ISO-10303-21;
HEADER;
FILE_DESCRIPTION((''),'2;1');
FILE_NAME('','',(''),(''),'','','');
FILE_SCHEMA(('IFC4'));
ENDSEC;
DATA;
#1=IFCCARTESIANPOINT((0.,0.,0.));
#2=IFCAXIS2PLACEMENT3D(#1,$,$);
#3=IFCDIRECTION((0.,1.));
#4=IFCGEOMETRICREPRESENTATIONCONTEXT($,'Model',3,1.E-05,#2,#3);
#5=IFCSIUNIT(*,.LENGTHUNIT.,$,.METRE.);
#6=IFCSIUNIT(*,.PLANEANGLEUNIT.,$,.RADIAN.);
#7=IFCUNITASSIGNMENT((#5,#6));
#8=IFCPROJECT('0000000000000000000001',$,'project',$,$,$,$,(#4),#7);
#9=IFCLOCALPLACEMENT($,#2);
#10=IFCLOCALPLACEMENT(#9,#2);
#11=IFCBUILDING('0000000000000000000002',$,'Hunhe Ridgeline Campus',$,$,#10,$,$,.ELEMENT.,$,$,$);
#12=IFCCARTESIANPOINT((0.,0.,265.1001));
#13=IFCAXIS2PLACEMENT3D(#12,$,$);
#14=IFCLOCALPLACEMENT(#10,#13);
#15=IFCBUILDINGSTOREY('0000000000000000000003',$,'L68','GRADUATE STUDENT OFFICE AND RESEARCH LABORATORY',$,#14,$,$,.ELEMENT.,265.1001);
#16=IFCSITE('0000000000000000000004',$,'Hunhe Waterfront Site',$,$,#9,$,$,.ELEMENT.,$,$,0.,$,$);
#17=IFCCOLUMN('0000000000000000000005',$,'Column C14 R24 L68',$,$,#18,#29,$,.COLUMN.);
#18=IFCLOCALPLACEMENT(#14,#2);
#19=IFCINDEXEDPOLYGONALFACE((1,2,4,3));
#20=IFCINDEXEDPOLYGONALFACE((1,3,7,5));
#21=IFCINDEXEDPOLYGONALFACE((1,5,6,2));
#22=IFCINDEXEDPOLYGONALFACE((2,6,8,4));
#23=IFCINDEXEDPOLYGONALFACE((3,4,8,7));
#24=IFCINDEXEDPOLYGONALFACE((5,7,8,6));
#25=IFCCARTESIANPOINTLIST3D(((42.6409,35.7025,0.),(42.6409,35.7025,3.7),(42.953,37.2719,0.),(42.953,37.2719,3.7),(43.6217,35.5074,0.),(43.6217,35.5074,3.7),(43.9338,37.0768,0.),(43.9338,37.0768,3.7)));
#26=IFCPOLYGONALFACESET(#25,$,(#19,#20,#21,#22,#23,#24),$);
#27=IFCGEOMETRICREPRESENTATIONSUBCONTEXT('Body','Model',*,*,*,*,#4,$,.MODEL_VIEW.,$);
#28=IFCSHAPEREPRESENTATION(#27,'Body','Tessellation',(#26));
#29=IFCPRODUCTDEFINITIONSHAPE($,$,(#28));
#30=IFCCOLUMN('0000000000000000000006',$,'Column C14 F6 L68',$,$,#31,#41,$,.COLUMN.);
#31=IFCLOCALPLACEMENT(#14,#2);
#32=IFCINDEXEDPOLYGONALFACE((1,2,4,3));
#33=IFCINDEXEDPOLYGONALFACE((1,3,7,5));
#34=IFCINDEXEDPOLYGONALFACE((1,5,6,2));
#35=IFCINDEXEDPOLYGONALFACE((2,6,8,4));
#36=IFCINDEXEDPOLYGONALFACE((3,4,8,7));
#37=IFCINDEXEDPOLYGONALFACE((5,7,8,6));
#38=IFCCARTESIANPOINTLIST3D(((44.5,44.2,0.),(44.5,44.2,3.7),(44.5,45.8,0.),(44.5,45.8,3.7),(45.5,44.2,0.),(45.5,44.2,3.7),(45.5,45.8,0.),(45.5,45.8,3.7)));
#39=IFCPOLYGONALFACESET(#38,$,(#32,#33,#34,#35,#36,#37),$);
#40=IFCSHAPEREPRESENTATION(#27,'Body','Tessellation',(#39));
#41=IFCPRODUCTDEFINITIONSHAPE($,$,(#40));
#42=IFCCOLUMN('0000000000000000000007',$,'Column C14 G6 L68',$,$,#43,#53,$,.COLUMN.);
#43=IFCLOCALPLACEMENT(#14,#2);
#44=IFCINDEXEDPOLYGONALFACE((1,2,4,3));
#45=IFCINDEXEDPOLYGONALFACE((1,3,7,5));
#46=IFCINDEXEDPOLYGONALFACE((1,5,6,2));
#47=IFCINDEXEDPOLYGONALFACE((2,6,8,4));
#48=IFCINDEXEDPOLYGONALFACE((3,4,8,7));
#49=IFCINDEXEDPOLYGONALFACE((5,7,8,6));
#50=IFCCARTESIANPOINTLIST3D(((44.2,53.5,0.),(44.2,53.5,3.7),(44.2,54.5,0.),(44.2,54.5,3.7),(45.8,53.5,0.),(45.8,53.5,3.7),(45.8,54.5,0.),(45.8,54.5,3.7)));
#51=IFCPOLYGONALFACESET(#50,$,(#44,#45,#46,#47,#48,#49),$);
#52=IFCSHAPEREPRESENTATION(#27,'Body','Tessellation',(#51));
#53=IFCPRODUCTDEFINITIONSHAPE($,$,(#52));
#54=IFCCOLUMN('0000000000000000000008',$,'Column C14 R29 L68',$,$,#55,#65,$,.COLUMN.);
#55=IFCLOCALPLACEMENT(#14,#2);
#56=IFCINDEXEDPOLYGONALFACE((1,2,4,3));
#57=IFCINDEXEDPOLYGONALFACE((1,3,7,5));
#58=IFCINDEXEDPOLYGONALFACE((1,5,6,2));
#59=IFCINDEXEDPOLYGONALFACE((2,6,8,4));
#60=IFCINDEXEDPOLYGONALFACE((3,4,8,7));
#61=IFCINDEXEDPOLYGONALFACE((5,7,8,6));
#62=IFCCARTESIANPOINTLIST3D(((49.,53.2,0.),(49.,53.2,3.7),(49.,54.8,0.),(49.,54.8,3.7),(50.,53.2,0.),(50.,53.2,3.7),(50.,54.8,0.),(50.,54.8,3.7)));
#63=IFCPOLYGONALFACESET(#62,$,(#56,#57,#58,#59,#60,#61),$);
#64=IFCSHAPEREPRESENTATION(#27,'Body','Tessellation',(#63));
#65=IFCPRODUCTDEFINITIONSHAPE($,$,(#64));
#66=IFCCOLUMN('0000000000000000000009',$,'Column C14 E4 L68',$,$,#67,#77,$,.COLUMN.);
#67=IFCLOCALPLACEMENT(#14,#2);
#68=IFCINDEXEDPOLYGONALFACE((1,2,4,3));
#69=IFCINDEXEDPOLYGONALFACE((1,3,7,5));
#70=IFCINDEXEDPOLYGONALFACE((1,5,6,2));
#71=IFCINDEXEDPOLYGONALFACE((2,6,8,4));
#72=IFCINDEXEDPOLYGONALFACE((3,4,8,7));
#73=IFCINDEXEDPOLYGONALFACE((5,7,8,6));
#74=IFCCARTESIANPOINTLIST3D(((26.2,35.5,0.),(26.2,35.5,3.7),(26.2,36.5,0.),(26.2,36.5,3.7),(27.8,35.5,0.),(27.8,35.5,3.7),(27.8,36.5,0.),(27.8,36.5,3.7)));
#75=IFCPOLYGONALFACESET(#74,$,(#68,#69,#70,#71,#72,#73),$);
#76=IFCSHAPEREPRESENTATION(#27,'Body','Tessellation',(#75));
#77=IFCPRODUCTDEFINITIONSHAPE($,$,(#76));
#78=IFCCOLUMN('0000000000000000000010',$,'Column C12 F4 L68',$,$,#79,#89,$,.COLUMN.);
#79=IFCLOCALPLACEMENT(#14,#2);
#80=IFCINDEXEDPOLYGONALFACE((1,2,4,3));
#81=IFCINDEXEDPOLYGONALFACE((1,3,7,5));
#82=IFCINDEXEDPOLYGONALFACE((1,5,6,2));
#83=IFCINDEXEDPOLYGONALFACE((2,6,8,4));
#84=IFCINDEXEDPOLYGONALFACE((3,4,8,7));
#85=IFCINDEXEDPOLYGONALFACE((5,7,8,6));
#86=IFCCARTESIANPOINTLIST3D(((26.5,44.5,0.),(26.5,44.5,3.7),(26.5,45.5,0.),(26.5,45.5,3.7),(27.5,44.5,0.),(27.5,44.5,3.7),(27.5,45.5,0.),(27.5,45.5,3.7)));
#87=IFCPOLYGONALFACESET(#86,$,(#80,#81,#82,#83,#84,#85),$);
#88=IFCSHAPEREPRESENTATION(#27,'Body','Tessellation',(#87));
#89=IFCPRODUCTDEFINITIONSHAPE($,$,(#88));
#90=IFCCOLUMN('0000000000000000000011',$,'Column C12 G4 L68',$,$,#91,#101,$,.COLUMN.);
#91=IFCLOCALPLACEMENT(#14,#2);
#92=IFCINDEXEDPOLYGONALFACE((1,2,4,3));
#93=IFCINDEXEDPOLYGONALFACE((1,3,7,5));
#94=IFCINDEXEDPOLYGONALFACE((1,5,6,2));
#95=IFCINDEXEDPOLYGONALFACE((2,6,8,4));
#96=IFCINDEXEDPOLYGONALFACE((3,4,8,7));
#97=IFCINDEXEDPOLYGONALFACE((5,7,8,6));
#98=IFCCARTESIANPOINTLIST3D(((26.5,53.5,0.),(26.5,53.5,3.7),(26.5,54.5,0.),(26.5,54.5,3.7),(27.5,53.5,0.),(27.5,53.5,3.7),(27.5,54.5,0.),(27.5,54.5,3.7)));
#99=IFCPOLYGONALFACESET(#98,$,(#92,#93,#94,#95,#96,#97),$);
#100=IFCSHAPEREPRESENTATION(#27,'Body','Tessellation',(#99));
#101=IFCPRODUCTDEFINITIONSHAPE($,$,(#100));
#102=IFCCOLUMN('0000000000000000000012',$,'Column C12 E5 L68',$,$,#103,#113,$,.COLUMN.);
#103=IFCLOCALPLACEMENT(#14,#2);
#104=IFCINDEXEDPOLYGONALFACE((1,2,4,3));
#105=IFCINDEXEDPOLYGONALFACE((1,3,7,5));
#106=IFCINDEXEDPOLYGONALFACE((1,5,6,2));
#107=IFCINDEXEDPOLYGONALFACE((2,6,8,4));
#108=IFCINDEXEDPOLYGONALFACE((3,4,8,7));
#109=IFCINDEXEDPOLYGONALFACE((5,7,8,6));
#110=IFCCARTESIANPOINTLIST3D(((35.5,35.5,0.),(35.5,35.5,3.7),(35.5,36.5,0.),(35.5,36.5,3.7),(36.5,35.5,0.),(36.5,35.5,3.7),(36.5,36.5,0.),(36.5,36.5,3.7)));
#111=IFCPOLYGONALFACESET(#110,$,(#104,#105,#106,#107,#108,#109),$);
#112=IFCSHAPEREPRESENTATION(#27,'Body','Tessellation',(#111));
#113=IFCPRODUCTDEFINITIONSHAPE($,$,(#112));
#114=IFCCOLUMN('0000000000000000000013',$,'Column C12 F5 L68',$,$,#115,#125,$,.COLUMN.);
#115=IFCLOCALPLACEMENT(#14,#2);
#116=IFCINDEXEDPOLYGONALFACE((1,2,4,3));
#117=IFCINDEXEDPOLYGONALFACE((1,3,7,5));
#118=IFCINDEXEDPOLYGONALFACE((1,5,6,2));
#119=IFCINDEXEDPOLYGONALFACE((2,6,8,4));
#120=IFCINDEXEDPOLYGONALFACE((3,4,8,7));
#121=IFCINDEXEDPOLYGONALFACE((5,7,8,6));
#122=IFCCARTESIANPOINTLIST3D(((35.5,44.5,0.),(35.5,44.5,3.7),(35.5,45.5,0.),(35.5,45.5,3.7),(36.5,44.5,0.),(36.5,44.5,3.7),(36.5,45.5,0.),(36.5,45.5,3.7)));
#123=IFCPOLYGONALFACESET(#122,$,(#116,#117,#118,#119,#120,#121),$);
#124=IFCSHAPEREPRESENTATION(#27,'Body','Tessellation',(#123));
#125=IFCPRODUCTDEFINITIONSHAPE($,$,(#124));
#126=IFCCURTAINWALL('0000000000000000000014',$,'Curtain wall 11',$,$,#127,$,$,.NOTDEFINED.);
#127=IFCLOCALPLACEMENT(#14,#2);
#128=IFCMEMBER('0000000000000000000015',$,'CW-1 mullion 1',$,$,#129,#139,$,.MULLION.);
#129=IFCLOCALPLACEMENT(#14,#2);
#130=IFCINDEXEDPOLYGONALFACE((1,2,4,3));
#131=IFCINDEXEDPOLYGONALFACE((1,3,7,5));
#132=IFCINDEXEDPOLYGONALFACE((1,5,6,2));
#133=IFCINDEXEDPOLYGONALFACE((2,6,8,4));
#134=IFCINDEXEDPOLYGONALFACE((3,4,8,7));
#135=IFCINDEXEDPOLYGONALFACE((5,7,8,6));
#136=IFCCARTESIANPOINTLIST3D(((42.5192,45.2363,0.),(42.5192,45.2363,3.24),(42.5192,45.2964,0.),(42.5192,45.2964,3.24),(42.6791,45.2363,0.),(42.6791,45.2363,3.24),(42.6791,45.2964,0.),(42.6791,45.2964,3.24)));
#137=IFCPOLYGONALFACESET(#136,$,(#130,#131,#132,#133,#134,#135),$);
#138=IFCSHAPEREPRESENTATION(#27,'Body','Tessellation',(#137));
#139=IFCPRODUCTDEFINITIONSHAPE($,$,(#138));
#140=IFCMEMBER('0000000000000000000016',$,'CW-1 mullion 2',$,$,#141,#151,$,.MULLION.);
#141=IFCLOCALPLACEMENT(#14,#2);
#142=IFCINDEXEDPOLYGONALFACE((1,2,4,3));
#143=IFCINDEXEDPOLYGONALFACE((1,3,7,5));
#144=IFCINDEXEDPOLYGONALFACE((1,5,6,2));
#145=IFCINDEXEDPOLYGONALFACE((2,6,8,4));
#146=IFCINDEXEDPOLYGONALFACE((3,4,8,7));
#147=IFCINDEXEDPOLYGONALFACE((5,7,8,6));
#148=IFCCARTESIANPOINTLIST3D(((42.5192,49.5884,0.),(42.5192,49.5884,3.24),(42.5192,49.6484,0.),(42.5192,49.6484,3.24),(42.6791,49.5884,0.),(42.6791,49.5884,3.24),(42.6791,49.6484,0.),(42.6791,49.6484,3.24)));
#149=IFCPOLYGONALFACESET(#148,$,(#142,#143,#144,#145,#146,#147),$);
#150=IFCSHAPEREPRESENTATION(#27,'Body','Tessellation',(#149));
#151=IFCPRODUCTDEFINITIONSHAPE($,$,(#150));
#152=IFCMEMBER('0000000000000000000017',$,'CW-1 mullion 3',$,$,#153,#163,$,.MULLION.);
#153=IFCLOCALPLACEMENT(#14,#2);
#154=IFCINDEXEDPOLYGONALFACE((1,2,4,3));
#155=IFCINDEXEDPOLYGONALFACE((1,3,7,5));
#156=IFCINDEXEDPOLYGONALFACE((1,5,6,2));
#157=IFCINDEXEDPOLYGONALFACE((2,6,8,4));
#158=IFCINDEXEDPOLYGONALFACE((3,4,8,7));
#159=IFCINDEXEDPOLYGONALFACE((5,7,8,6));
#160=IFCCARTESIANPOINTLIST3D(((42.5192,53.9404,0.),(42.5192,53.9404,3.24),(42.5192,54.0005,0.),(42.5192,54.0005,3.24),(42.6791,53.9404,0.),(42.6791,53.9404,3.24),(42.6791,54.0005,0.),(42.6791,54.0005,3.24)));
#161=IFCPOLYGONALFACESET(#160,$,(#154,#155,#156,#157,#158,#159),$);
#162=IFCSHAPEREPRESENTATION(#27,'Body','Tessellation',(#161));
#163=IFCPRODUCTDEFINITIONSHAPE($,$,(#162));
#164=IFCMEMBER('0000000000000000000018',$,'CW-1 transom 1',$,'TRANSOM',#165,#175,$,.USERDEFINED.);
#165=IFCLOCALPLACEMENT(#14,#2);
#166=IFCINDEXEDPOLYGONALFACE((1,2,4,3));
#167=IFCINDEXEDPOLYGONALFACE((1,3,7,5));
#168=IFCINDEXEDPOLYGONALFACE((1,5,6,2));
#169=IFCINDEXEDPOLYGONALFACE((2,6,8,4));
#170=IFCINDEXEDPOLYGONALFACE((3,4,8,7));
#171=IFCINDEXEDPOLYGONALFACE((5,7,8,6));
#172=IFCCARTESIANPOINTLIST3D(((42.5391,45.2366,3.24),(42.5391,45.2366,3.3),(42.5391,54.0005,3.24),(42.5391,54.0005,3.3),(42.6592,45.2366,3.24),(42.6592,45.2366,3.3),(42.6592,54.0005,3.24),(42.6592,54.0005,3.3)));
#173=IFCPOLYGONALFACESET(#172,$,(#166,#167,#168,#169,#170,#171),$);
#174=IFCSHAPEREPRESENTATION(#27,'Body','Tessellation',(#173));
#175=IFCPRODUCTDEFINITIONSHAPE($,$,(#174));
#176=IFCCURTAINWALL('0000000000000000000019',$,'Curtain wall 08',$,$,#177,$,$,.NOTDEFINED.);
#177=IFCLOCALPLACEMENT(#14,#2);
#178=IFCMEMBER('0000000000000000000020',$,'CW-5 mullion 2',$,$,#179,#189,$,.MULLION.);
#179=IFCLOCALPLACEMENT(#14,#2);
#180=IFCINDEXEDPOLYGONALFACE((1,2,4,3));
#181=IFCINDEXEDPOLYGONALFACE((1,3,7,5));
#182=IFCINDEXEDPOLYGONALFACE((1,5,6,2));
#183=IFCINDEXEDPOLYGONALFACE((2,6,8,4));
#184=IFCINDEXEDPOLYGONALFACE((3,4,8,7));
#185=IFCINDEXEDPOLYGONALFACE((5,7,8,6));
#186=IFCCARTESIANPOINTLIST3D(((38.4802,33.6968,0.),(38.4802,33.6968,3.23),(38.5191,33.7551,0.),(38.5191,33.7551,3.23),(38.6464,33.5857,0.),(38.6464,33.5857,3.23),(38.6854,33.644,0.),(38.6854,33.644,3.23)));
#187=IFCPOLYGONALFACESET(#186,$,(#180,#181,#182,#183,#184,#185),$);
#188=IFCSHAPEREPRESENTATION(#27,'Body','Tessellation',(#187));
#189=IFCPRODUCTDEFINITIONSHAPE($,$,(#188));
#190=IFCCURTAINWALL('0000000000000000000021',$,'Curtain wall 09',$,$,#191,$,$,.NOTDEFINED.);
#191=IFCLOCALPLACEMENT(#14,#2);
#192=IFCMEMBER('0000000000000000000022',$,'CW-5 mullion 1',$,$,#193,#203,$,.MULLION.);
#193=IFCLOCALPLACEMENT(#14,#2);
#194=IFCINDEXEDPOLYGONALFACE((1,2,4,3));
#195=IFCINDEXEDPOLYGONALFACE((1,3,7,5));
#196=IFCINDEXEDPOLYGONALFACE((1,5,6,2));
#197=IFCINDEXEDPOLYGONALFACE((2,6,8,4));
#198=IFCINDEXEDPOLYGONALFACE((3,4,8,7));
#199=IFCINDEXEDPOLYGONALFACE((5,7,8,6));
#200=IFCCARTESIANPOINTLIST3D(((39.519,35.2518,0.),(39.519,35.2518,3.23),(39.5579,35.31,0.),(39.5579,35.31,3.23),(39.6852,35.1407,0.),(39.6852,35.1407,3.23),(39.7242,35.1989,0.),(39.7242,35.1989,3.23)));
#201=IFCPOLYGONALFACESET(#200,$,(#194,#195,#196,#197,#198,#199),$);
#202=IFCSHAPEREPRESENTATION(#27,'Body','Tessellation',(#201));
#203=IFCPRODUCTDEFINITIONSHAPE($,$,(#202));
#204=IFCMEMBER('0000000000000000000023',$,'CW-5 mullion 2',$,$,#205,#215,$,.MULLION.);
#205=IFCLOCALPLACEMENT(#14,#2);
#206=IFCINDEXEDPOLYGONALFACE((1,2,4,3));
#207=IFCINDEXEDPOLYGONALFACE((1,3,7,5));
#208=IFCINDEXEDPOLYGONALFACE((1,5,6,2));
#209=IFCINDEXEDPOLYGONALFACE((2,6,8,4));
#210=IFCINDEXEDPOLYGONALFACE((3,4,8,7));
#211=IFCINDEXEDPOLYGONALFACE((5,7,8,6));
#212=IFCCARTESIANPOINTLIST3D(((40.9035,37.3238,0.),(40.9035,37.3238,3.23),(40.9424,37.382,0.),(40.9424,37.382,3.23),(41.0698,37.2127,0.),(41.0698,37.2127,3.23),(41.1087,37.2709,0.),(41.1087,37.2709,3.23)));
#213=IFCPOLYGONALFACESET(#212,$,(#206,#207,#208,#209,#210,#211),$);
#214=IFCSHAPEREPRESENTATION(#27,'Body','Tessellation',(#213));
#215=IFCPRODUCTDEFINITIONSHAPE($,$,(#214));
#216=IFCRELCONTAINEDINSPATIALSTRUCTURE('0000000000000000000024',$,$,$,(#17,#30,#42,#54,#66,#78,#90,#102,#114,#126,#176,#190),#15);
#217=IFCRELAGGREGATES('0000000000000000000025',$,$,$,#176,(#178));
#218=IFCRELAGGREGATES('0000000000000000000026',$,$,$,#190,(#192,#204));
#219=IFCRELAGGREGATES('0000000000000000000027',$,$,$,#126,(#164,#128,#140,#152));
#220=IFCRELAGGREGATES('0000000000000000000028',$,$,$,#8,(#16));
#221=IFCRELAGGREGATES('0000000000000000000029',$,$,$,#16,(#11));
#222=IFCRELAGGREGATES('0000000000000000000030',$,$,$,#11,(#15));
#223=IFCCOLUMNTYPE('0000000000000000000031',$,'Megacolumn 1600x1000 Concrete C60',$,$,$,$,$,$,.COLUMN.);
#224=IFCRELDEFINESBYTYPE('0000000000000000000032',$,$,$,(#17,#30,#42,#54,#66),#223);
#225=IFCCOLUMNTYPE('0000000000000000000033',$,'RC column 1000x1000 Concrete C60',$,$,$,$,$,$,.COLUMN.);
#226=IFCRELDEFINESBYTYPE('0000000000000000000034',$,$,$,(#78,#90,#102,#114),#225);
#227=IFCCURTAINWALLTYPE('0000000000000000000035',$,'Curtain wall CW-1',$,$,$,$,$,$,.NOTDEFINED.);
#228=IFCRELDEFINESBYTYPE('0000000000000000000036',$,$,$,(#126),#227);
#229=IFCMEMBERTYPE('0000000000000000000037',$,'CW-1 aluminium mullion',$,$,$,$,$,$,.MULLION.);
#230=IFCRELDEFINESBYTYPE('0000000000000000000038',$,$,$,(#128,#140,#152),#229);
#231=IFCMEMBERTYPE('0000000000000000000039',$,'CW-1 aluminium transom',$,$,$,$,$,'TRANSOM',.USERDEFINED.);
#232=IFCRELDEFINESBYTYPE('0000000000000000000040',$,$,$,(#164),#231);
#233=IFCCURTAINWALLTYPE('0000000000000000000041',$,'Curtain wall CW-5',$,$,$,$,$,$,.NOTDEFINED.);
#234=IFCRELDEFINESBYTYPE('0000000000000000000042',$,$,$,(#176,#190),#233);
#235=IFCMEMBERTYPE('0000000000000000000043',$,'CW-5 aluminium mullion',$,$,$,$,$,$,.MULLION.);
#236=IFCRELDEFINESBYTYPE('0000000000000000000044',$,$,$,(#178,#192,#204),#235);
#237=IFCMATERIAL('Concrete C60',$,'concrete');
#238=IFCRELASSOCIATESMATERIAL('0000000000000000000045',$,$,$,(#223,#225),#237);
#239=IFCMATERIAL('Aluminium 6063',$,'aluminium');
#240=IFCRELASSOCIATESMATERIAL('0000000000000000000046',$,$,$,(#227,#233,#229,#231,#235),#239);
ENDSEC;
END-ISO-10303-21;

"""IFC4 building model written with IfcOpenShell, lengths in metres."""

from ifc_helpers import new_model, si_unit, direction, frame, origin, origin_2d, place, context, subcontext, project, spatial, rectangle, extrude, material, material_profile, profile_set, type_object, element, aggregate, save


model = new_model("IFC4")

# Units and contexts
model_context = context("Model", 3, precision=1e-05, world=origin(), true_north=direction((0.0, 1.0)))
body_context = subcontext(model_context, "Body", "Model", "MODEL_VIEW")
ifc_project = project(units=[si_unit("LENGTHUNIT", "METRE"), si_unit("PLANEANGLEUNIT", "RADIAN")], contexts=[model_context])

# Site, building, storey
site_placement = place(None, origin())
site = spatial("IfcSite", under=ifc_project, at=site_placement, Name="Hunhe Waterfront Site", CompositionType="ELEMENT", RefElevation=0.0)
building_placement = place(site_placement, origin())
building = spatial("IfcBuilding", under=site, at=building_placement, Name="Hunhe Ridgeline Campus", CompositionType="ELEMENT")
storey_placement = place(building_placement, frame((0.0, 0.0, 265.1001)))
storey = spatial("IfcBuildingStorey", under=building, at=storey_placement, Name="L68", Description="GRADUATE STUDENT OFFICE AND RESEARCH LABORATORY", CompositionType="ELEMENT", Elevation=265.1001)

# Columns
ifc_material_1 = material(Name="Concrete C60", Category="concrete")
ifc_material_profile_1 = material_profile(ifc_material_1, rectangle(XDim=1.6001, YDim=1.0, at=origin_2d()))
ifc_profile_set_1 = profile_set([ifc_material_profile_1], Name="Concrete C60")
column_type_1 = type_object("IfcColumnType", Name="Megacolumn 1600x1000 Concrete C60", PredefinedType="COLUMN", material=ifc_profile_set_1)
for number, where, z_axis, x_axis, name in (
    (1, (43.2874, 36.3896, 0.0), (0.0, 0.0, 1.0), (0.19509, 0.980785, 0.0), "Column C14 R24 L68"),
    (2, (45.0, 45.0, 0.0), (0.0, 0.0, 1.0), (0.0, 1.0, 0.0), "Column C14 F6 L68"),
    (3, (45.0, 54.0, 0.0), (0.0, 0.0, 1.0), (1.0, 0.0, 0.0), "Column C14 G6 L68"),
    (4, (49.5, 54.0, 0.0), (0.0, 0.0, 1.0), (0.0, 1.0, 0.0), "Column C14 R29 L68"),
    (5, (27.0, 36.0, 0.0), (0.0, 0.0, 1.0), (1.0, 0.0, 0.0), "Column C14 E4 L68"),
):
    element("IfcColumn", number, at=place(storey_placement, frame(where, z_axis=z_axis, x_axis=x_axis)), inside=storey, type_object=column_type_1, Name=name, PredefinedType="COLUMN", context=body_context, shape_type="SweptSolid", body=[
        extrude(rectangle(XDim=1.6001, YDim=1.0, at=origin_2d()), origin(), (0.0, 0.0, 1.0), 3.7),
    ])
ifc_material_profile_2 = material_profile(ifc_material_1, rectangle(XDim=1.0, YDim=1.0, at=origin_2d()))
ifc_profile_set_2 = profile_set([ifc_material_profile_2], Name="Concrete C60")
column_type_2 = type_object("IfcColumnType", Name="RC column 1000x1000 Concrete C60", PredefinedType="COLUMN", material=ifc_profile_set_2)
for number, where, z_axis, x_axis, name in (
    (6, (27.0, 45.0, 0.0), (0.0, 0.0, 1.0), (1.0, 0.0, 0.0), "Column C12 F4 L68"),
    (7, (27.0, 54.0, 0.0), (0.0, 0.0, 1.0), (1.0, 0.0, 0.0), "Column C12 G4 L68"),
    (8, (36.0, 36.0, 0.0), (0.0, 0.0, 1.0), (1.0, 0.0, 0.0), "Column C12 E5 L68"),
    (9, (36.0, 45.0, 0.0), (0.0, 0.0, 1.0), (1.0, 0.0, 0.0), "Column C12 F5 L68"),
):
    element("IfcColumn", number, at=place(storey_placement, frame(where, z_axis=z_axis, x_axis=x_axis)), inside=storey, type_object=column_type_2, Name=name, PredefinedType="COLUMN", context=body_context, shape_type="SweptSolid", body=[
        extrude(rectangle(XDim=1.0, YDim=1.0, at=origin_2d()), origin(), (0.0, 0.0, 1.0), 3.7),
    ])

# Curtain wall, members
ifc_material_2 = material(Name="Aluminium 6063", Category="aluminium")
curtain_wall_type_1 = type_object("IfcCurtainWallType", Name="Curtain wall CW-1", PredefinedType="NOTDEFINED", material=ifc_material_2)
curtain_wall_1_placement = place(storey_placement, origin())
curtain_wall_1 = element("IfcCurtainWall", 10, at=curtain_wall_1_placement, inside=storey, type_object=curtain_wall_type_1, Name="Curtain wall 11", PredefinedType="NOTDEFINED")
ifc_material_profile_3 = material_profile(ifc_material_2, rectangle(XDim=0.1599, YDim=0.0601, at=origin_2d()))
ifc_profile_set_3 = profile_set([ifc_material_profile_3], Name="Aluminium 6063")
member_type_1 = type_object("IfcMemberType", Name="CW-1 aluminium mullion", PredefinedType="MULLION", material=ifc_profile_set_3)
member_1_placement = place(storey_placement, frame((42.5991, 45.2664, 0.0), z_axis=(0.0, 0.0, 1.0), x_axis=(-1.0, 0.000019, 0.0)))
member_1 = element("IfcMember", 11, at=member_1_placement, type_object=member_type_1, Name="CW-1 mullion 1", PredefinedType="MULLION", context=body_context, shape_type="SweptSolid", body=[
    extrude(rectangle(XDim=0.1599, YDim=0.0601, at=origin_2d()), origin(), (0.0, 0.0, 1.0), 3.24),
])
member_2_placement = place(storey_placement, frame((42.5991, 49.6184, 0.0), z_axis=(0.0, 0.0, 1.0), x_axis=(-1.0, 0.000019, 0.0)))
member_2 = element("IfcMember", 12, at=member_2_placement, type_object=member_type_1, Name="CW-1 mullion 2", PredefinedType="MULLION", context=body_context, shape_type="SweptSolid", body=[
    extrude(rectangle(XDim=0.1599, YDim=0.0601, at=origin_2d()), origin(), (0.0, 0.0, 1.0), 3.24),
])
member_3_placement = place(storey_placement, frame((42.5991, 53.9705, 0.0), z_axis=(0.0, 0.0, 1.0), x_axis=(-1.0, 0.000019, 0.0)))
member_3 = element("IfcMember", 13, at=member_3_placement, type_object=member_type_1, Name="CW-1 mullion 3", PredefinedType="MULLION", context=body_context, shape_type="SweptSolid", body=[
    extrude(rectangle(XDim=0.1599, YDim=0.0601, at=origin_2d()), origin(), (0.0, 0.0, 1.0), 3.24),
])
ifc_material_profile_4 = material_profile(ifc_material_2, rectangle(XDim=0.1201, YDim=0.0601, at=origin_2d()))
ifc_profile_set_4 = profile_set([ifc_material_profile_4], Name="Aluminium 6063")
member_type_2 = type_object("IfcMemberType", Name="CW-1 aluminium transom", ElementType="TRANSOM", PredefinedType="USERDEFINED", material=ifc_profile_set_4)
member_4_placement = place(storey_placement, frame((42.5991, 45.2366, 3.27), z_axis=(0.0, 1.0, 0.0), x_axis=(-1.0, 0.0, 0.0)))
member_4 = element("IfcMember", 14, at=member_4_placement, type_object=member_type_2, Name="CW-1 transom 1", ObjectType="TRANSOM", PredefinedType="USERDEFINED", context=body_context, shape_type="SweptSolid", body=[
    extrude(rectangle(XDim=0.1201, YDim=0.0601, at=origin_2d()), origin(), (0.0, 0.0, 1.0), 8.7639),
])

# Curtain wall, member
curtain_wall_type_2 = type_object("IfcCurtainWallType", Name="Curtain wall CW-5", PredefinedType="NOTDEFINED", material=ifc_material_2)
curtain_wall_2_placement = place(storey_placement, origin())
curtain_wall_2 = element("IfcCurtainWall", 15, at=curtain_wall_2_placement, inside=storey, type_object=curtain_wall_type_2, Name="Curtain wall 08", PredefinedType="NOTDEFINED")
ifc_material_profile_5 = material_profile(ifc_material_2, rectangle(XDim=0.2, YDim=0.0701, at=origin_2d()))
ifc_profile_set_5 = profile_set([ifc_material_profile_5], Name="Aluminium 6063")
member_type_3 = type_object("IfcMemberType", Name="CW-5 aluminium mullion", PredefinedType="MULLION", material=ifc_profile_set_5)
member_5_placement = place(storey_placement, frame((38.5828, 33.6704, 0.0), z_axis=(0.0, 0.0, 1.0), x_axis=(-0.83147, 0.55557, 0.0)))
member_5 = element("IfcMember", 16, at=member_5_placement, type_object=member_type_3, Name="CW-5 mullion 2", PredefinedType="MULLION", context=body_context, shape_type="SweptSolid", body=[
    extrude(rectangle(XDim=0.2, YDim=0.0701, at=origin_2d()), origin(), (0.0, 0.0, 1.0), 3.23),
])

# Curtain wall, members
curtain_wall_3_placement = place(storey_placement, origin())
curtain_wall_3 = element("IfcCurtainWall", 17, at=curtain_wall_3_placement, inside=storey, type_object=curtain_wall_type_2, Name="Curtain wall 09", PredefinedType="NOTDEFINED")
member_6_placement = place(storey_placement, frame((39.6216, 35.2253, 0.0), z_axis=(0.0, 0.0, 1.0), x_axis=(-0.83147, 0.55557, 0.0)))
member_6 = element("IfcMember", 18, at=member_6_placement, type_object=member_type_3, Name="CW-5 mullion 1", PredefinedType="MULLION", context=body_context, shape_type="SweptSolid", body=[
    extrude(rectangle(XDim=0.2, YDim=0.0701, at=origin_2d()), origin(), (0.0, 0.0, 1.0), 3.23),
])
member_7_placement = place(storey_placement, frame((41.0061, 37.2974, 0.0), z_axis=(0.0, 0.0, 1.0), x_axis=(-0.83147, 0.55557, 0.0)))
member_7 = element("IfcMember", 19, at=member_7_placement, type_object=member_type_3, Name="CW-5 mullion 2", PredefinedType="MULLION", context=body_context, shape_type="SweptSolid", body=[
    extrude(rectangle(XDim=0.2, YDim=0.0701, at=origin_2d()), origin(), (0.0, 0.0, 1.0), 3.23),
])

aggregate(curtain_wall_2, [member_5])
aggregate(curtain_wall_3, [member_6, member_7])
aggregate(curtain_wall_1, [member_4, member_1, member_2, member_3])

save(model, "model.ifc")
